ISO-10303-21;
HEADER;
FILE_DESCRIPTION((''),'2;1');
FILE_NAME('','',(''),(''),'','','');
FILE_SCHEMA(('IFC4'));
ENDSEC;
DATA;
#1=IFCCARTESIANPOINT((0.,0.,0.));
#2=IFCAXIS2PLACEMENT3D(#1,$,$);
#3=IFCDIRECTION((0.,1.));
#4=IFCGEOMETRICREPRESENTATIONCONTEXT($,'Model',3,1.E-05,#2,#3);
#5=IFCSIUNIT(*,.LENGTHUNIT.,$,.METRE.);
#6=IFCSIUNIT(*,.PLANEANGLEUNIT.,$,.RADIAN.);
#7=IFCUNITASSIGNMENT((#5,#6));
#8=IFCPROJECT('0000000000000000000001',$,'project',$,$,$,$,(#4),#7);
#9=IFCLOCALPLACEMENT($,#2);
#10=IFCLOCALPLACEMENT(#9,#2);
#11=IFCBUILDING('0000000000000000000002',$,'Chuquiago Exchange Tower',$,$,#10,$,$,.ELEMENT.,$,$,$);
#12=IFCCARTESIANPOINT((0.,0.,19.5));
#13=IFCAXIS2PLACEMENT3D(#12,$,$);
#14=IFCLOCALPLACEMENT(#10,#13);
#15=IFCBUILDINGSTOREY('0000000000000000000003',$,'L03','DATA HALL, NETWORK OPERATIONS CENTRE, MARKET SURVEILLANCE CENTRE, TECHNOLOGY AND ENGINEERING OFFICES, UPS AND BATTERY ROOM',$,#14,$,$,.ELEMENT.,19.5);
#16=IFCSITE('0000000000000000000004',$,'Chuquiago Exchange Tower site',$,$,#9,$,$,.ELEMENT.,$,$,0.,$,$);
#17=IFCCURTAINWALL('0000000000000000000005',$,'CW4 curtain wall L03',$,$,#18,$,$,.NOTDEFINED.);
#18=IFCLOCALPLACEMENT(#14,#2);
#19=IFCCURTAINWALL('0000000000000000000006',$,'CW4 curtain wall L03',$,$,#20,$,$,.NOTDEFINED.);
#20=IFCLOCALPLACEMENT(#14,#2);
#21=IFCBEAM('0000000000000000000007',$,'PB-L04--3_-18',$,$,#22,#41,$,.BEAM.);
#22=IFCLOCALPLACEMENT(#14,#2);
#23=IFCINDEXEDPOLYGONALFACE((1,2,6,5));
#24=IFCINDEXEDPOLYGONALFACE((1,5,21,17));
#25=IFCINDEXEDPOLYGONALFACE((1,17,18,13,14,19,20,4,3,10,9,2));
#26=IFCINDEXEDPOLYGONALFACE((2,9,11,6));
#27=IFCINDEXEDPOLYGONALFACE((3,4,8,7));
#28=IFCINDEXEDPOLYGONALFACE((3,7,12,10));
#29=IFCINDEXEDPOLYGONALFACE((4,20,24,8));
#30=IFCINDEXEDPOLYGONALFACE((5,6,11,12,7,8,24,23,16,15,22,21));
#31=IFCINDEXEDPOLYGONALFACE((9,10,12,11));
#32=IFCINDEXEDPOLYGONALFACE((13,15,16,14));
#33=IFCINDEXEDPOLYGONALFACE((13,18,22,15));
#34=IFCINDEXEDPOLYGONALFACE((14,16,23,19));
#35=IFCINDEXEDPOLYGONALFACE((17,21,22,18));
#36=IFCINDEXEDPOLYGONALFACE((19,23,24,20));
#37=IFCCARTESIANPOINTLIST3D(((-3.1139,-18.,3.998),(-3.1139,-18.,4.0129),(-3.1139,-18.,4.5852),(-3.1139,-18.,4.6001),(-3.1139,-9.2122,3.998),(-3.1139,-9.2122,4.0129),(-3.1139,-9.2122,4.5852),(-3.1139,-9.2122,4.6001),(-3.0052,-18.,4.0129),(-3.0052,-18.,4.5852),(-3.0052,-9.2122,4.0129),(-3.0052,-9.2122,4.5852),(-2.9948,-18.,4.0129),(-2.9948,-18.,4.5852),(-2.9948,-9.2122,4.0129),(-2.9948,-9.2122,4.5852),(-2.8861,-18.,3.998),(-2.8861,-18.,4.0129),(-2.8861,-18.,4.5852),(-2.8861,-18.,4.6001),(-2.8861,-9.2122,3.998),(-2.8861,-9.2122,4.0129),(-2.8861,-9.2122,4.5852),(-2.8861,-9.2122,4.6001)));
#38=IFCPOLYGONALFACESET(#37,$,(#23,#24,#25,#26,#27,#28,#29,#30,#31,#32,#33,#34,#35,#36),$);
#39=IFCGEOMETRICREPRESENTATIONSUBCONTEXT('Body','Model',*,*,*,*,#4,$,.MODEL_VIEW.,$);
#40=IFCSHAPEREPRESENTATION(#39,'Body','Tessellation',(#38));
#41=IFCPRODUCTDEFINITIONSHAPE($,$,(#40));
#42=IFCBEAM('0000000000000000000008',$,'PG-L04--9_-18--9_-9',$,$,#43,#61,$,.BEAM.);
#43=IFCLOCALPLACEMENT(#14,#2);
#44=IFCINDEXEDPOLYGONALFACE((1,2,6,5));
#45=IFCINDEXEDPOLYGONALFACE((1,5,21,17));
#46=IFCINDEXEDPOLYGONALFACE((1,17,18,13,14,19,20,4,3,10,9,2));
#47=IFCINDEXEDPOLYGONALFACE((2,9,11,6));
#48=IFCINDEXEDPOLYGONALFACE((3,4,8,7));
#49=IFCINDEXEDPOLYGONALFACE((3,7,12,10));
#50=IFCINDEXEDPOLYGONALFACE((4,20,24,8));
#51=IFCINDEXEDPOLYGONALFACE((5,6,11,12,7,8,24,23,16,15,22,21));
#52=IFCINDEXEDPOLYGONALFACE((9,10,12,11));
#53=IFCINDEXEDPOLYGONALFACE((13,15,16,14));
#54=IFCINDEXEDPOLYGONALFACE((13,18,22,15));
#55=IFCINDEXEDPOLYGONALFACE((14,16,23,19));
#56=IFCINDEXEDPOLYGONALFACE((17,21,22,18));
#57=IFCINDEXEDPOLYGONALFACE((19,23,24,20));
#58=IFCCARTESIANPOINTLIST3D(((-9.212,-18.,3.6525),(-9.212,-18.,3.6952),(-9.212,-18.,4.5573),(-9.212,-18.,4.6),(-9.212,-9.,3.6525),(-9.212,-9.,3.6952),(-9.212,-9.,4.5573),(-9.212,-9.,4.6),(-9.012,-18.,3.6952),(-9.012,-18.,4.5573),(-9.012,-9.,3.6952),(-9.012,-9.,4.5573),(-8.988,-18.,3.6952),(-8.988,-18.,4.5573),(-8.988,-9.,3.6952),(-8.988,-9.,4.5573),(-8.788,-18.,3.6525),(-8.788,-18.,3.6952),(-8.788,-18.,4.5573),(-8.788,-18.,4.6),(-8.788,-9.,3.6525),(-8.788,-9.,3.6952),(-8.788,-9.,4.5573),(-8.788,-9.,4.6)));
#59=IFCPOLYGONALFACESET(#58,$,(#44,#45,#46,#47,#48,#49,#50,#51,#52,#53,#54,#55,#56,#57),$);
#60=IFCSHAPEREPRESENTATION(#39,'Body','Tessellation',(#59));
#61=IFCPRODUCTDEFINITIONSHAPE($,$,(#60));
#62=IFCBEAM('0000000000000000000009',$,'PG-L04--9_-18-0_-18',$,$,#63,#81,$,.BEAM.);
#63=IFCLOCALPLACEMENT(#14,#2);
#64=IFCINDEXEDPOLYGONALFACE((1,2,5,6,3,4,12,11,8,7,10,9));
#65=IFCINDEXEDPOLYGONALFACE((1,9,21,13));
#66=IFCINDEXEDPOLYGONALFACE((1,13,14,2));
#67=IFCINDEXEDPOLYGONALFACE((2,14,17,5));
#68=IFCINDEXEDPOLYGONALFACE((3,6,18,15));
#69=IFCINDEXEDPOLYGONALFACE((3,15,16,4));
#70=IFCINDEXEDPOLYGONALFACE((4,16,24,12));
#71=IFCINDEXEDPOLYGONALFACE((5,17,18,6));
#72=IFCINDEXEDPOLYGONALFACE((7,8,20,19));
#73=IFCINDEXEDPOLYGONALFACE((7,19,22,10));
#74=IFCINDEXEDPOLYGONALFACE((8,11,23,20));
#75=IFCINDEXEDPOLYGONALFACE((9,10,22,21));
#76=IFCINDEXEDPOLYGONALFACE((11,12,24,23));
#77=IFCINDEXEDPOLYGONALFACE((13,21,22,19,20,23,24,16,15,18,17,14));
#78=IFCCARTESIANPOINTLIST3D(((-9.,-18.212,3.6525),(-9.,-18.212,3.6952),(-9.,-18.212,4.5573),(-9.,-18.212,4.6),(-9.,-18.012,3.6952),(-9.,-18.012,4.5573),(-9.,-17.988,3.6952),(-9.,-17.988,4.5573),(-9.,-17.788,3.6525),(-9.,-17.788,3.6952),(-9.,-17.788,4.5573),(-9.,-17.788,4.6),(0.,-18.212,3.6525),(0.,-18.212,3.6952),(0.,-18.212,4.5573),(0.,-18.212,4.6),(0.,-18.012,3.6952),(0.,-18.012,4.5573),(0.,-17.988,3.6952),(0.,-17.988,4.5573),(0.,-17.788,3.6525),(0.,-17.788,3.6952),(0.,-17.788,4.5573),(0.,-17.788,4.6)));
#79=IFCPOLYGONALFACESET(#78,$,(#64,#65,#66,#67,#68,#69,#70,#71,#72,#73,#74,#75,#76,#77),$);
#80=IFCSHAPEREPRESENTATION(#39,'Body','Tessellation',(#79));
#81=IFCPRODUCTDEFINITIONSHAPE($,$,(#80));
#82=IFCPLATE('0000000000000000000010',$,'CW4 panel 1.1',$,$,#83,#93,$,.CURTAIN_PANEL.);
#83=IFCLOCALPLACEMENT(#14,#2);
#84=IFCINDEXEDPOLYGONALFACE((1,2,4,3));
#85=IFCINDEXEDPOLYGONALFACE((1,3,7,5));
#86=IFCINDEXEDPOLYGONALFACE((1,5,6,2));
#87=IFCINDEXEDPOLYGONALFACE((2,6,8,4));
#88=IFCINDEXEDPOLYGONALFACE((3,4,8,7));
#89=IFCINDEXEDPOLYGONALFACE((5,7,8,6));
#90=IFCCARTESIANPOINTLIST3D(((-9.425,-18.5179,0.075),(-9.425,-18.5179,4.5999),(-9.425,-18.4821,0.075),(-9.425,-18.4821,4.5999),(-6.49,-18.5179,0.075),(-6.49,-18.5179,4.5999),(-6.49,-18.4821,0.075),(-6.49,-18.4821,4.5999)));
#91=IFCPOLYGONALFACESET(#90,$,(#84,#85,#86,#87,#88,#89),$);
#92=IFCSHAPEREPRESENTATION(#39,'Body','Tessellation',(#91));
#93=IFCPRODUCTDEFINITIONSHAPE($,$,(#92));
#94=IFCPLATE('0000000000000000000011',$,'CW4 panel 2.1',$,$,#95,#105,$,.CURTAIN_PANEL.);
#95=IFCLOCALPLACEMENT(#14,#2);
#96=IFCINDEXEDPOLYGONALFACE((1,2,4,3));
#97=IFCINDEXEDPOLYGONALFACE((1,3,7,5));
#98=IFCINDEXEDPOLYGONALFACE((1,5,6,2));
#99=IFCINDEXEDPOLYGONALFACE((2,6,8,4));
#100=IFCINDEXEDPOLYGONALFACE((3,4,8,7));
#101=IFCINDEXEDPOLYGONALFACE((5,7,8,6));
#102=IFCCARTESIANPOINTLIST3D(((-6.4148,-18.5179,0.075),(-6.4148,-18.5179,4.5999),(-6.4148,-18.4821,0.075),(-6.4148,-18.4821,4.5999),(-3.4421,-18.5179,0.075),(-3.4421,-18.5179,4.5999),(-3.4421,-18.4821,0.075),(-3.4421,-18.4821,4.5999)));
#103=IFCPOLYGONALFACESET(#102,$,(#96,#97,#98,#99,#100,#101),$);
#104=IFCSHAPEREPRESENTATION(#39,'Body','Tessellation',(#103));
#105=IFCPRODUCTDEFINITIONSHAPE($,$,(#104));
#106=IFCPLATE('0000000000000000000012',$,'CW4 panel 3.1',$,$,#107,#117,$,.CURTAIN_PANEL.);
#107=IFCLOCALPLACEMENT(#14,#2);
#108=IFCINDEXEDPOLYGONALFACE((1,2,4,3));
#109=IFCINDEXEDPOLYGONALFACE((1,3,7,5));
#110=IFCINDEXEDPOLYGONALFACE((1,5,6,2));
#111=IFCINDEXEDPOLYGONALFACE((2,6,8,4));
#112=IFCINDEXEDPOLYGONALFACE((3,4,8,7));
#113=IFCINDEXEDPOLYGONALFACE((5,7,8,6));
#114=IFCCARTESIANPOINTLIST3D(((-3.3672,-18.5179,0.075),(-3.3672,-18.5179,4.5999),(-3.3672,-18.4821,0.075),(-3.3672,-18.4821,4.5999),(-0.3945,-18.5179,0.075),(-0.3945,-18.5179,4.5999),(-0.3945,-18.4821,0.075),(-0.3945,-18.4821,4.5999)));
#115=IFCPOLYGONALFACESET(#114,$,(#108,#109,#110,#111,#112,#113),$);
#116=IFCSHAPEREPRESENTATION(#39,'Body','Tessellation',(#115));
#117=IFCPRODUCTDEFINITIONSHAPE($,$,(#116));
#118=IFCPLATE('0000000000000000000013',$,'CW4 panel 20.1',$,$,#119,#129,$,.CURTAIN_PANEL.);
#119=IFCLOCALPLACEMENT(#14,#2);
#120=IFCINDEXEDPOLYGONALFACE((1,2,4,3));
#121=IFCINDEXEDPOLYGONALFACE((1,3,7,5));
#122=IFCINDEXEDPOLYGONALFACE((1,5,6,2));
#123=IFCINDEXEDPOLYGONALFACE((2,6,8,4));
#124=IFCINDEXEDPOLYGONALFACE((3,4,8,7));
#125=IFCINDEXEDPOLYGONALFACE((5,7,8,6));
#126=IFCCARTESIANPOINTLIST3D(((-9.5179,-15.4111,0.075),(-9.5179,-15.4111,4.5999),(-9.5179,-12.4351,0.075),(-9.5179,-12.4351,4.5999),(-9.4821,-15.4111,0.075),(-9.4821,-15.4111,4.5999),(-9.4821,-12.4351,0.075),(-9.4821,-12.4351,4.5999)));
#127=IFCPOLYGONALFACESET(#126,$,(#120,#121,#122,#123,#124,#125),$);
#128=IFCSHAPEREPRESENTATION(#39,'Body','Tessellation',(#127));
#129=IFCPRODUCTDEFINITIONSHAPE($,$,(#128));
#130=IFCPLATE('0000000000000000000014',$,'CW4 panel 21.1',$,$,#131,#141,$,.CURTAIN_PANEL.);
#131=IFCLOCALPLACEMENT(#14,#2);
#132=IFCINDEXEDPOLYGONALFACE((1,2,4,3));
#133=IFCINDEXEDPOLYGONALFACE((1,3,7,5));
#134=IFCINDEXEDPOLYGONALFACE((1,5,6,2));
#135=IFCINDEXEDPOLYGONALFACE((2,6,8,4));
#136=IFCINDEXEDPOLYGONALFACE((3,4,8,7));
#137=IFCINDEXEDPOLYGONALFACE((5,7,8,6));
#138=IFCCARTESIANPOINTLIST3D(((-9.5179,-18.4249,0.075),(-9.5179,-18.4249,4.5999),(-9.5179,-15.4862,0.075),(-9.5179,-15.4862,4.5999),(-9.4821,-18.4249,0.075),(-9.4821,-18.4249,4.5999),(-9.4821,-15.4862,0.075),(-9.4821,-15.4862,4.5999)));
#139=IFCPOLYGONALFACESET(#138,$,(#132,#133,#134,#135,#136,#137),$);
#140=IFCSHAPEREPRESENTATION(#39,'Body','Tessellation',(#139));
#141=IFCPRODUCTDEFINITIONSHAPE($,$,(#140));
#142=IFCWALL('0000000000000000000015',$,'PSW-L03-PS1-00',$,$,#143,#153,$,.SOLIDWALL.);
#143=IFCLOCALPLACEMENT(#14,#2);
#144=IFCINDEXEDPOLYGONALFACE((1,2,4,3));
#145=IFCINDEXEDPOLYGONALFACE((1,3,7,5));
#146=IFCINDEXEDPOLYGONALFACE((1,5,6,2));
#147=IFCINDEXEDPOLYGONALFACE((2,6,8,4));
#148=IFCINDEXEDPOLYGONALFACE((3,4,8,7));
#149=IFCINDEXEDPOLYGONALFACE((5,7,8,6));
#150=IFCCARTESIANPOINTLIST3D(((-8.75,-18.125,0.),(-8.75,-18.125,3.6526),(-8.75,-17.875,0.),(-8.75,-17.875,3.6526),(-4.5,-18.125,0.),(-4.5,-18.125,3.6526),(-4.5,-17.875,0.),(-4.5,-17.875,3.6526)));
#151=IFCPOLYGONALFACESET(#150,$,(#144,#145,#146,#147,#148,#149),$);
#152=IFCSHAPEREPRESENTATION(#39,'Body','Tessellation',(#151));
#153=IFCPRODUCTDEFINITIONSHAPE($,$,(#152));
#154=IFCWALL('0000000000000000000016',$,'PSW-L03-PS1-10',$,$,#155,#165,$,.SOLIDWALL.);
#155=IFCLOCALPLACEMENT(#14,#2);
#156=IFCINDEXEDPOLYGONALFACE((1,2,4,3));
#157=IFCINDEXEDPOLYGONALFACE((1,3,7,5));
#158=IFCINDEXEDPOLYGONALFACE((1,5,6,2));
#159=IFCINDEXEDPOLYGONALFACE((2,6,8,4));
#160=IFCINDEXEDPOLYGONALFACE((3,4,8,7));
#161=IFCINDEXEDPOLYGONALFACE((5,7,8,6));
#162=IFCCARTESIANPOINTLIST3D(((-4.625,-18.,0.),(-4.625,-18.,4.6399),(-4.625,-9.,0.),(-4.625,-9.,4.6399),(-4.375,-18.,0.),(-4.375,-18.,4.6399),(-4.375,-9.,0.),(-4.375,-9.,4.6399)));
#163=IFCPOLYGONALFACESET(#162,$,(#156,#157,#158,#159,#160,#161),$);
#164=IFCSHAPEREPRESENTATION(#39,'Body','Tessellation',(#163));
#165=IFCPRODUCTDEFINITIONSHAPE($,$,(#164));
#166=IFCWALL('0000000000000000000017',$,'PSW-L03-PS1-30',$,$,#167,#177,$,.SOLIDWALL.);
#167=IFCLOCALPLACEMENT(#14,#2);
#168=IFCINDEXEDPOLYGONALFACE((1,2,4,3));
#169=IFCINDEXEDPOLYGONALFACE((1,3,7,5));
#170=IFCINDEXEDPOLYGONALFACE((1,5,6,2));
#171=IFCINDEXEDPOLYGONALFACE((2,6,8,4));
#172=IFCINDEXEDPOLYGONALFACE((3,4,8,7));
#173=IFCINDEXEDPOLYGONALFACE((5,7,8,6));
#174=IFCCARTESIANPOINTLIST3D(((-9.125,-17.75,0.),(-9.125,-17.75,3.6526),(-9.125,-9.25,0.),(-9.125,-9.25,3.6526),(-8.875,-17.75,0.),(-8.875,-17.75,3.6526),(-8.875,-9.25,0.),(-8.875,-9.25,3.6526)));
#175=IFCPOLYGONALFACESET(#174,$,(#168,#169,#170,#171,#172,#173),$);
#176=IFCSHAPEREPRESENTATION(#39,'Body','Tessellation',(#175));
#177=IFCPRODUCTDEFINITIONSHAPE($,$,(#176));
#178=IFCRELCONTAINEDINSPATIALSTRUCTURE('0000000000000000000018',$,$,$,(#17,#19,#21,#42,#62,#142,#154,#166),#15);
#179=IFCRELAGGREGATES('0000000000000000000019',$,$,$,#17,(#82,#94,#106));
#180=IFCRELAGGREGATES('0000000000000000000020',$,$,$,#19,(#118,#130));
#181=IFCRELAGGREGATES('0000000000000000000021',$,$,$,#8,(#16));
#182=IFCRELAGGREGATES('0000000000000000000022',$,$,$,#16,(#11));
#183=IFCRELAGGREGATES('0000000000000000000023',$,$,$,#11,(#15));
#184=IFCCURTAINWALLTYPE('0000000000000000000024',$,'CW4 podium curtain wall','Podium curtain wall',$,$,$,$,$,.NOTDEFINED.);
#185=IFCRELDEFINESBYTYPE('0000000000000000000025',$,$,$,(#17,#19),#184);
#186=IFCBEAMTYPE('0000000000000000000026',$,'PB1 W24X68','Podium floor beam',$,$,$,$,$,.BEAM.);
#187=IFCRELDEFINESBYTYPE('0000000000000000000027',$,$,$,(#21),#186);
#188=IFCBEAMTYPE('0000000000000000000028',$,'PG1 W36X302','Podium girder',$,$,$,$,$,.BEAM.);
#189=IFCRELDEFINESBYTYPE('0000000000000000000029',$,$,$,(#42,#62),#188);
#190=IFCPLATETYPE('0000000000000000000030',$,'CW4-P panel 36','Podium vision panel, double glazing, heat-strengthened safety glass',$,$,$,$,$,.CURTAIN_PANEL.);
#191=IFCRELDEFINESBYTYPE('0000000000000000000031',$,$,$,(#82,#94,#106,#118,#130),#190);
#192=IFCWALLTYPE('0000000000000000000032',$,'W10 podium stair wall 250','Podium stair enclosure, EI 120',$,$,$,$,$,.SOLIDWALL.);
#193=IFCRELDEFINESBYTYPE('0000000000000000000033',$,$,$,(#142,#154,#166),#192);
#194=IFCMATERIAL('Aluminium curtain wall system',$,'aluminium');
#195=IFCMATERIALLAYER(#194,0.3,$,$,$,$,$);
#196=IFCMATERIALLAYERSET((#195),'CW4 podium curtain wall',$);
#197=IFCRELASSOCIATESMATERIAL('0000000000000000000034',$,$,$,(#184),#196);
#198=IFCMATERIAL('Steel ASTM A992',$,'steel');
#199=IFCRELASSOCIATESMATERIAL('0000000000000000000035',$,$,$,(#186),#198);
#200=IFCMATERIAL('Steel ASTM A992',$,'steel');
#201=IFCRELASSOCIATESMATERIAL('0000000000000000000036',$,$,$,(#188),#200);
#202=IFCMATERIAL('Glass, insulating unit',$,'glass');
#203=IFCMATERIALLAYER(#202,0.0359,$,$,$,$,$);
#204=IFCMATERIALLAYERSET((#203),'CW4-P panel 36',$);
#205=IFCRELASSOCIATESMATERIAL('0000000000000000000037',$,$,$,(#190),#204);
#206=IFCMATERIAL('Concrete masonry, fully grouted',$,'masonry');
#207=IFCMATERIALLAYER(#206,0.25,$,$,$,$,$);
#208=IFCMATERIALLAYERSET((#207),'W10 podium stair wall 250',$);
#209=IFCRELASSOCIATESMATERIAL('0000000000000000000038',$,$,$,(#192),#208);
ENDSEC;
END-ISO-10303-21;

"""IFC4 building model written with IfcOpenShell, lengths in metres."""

from ifc_helpers import new_model, si_unit, direction, frame, frame_2d, origin, origin_2d, place, context, subcontext, project, spatial, rectangle, i_section, extrude, material, layer, layer_set, material_profile, profile_set, type_object, element, aggregate, save


model = new_model("IFC4")

# Units and contexts
model_context = context("Model", 3, precision=1e-05, world=origin(), true_north=direction((0.0, 1.0)))
body_context = subcontext(model_context, "Body", "Model", "MODEL_VIEW")
ifc_project = project(units=[si_unit("LENGTHUNIT", "METRE"), si_unit("PLANEANGLEUNIT", "RADIAN")], contexts=[model_context])

# Site, building, storey
site_placement = place(None, origin())
site = spatial("IfcSite", under=ifc_project, at=site_placement, Name="Chuquiago Exchange Tower site", CompositionType="ELEMENT", RefElevation=0.0)
building_placement = place(site_placement, origin())
building = spatial("IfcBuilding", under=site, at=building_placement, Name="Chuquiago Exchange Tower", CompositionType="ELEMENT")
storey_placement = place(building_placement, frame((0.0, 0.0, 19.5)))
storey = spatial("IfcBuildingStorey", under=building, at=storey_placement, Name="L03", Description="DATA HALL, NETWORK OPERATIONS CENTRE, MARKET SURVEILLANCE CENTRE, TECHNOLOGY AND ENGINEERING OFFICES, UPS AND BATTERY ROOM", CompositionType="ELEMENT", Elevation=19.5)

# Curtain walls
ifc_material_1 = material(Name="Aluminium curtain wall system", Category="aluminium")
ifc_layer_1 = layer(ifc_material_1, 0.3)
ifc_layer_set_1 = layer_set([ifc_layer_1], Name="CW4 podium curtain wall")
curtain_wall_type = type_object("IfcCurtainWallType", Name="CW4 podium curtain wall", Description="Podium curtain wall", PredefinedType="NOTDEFINED", material=ifc_layer_set_1)
curtain_wall_1_placement = place(storey_placement, origin())
curtain_wall_1 = element("IfcCurtainWall", 1, at=curtain_wall_1_placement, inside=storey, type_object=curtain_wall_type, Name="CW4 curtain wall L03", PredefinedType="NOTDEFINED")
curtain_wall_2_placement = place(storey_placement, origin())
curtain_wall_2 = element("IfcCurtainWall", 2, at=curtain_wall_2_placement, inside=storey, type_object=curtain_wall_type, Name="CW4 curtain wall L03", PredefinedType="NOTDEFINED")

# Beams
ifc_material_2 = material(Name="Steel ASTM A992", Category="steel")
ifc_material_profile_1 = material_profile(ifc_material_2, i_section(OverallWidth=0.2278, OverallDepth=0.6021, WebThickness=0.0105, FlangeThickness=0.0149, at=origin_2d()), Name="W24X68")
ifc_profile_set_1 = profile_set([ifc_material_profile_1], Name="Steel ASTM A992")
beam_type_1 = type_object("IfcBeamType", Name="PB1 W24X68", Description="Podium floor beam", PredefinedType="BEAM", material=ifc_profile_set_1)
for number, where, z_axis, x_axis, name in (
    (3, (-3.0, -18.0, 4.2991), (0.0, 1.0, 0.0), (-1.0, 0.0, 0.0), "PB-L04--3_-18"),
):
    element("IfcBeam", number, at=place(storey_placement, frame(where, z_axis=z_axis, x_axis=x_axis)), inside=storey, type_object=beam_type_1, Name=name, PredefinedType="BEAM", context=body_context, shape_type="SweptSolid", body=[
        extrude(i_section(OverallWidth=0.2278, OverallDepth=0.6021, WebThickness=0.0105, FlangeThickness=0.0149, at=origin_2d()), origin(), (0.0, 0.0, 1.0), 8.7878),
    ])
ifc_material_3 = material(Name="Steel ASTM A992", Category="steel")
ifc_material_profile_2 = material_profile(ifc_material_3, i_section(OverallWidth=0.4241, OverallDepth=0.9475, WebThickness=0.0239, FlangeThickness=0.0427, at=origin_2d()), Name="W36X302")
ifc_profile_set_2 = profile_set([ifc_material_profile_2], Name="Steel ASTM A992")
beam_type_2 = type_object("IfcBeamType", Name="PG1 W36X302", Description="Podium girder", PredefinedType="BEAM", material=ifc_profile_set_2)
for number, where, z_axis, x_axis, name in (
    (4, (-9.0, -18.0, 4.1262), (0.0, 1.0, 0.0), (-1.0, 0.0, 0.0), "PG-L04--9_-18--9_-9"),
    (5, (-9.0, -18.0, 4.1262), (1.0, 0.0, 0.0), (0.0, 1.0, 0.0), "PG-L04--9_-18-0_-18"),
):
    element("IfcBeam", number, at=place(storey_placement, frame(where, z_axis=z_axis, x_axis=x_axis)), inside=storey, type_object=beam_type_2, Name=name, PredefinedType="BEAM", context=body_context, shape_type="SweptSolid", body=[
        extrude(i_section(OverallWidth=0.4241, OverallDepth=0.9475, WebThickness=0.0239, FlangeThickness=0.0427, at=origin_2d()), origin(), (0.0, 0.0, 1.0), 9.0),
    ])

# Plates
ifc_material_4 = material(Name="Glass, insulating unit", Category="glass")
ifc_layer_2 = layer(ifc_material_4, 0.0359)
ifc_layer_set_2 = layer_set([ifc_layer_2], Name="CW4-P panel 36")
plate_type = type_object("IfcPlateType", Name="CW4-P panel 36", Description="Podium vision panel, double glazing, heat-strengthened safety glass", PredefinedType="CURTAIN_PANEL", material=ifc_layer_set_2)
plate_1_placement = place(storey_placement, frame((-7.9575, -18.5, 0.075), z_axis=(0.0, 0.0, 1.0), x_axis=(1.0, 0.0, 0.0)))
plate_1 = element("IfcPlate", 6, at=plate_1_placement, type_object=plate_type, Name="CW4 panel 1.1", PredefinedType="CURTAIN_PANEL", context=body_context, shape_type="SweptSolid", body=[
    extrude(rectangle(XDim=2.9351, YDim=0.0359, at=origin_2d()), origin(), (0.0, 0.0, 1.0), 4.5249),
])
plate_2_placement = place(storey_placement, frame((-4.9285, -18.5, 0.075), z_axis=(0.0, 0.0, 1.0), x_axis=(1.0, 0.0, 0.0)))
plate_2 = element("IfcPlate", 7, at=plate_2_placement, type_object=plate_type, Name="CW4 panel 2.1", PredefinedType="CURTAIN_PANEL", context=body_context, shape_type="SweptSolid", body=[
    extrude(rectangle(XDim=2.9727, YDim=0.0359, at=origin_2d()), origin(), (0.0, 0.0, 1.0), 4.5249),
])
plate_3_placement = place(storey_placement, frame((-1.8809, -18.5, 0.075), z_axis=(0.0, 0.0, 1.0), x_axis=(1.0, 0.0, 0.0)))
plate_3 = element("IfcPlate", 8, at=plate_3_placement, type_object=plate_type, Name="CW4 panel 3.1", PredefinedType="CURTAIN_PANEL", context=body_context, shape_type="SweptSolid", body=[
    extrude(rectangle(XDim=2.9727, YDim=0.0359, at=origin_2d()), origin(), (0.0, 0.0, 1.0), 4.5249),
])
aggregate(curtain_wall_1, [plate_1, plate_2, plate_3])
plate_4_placement = place(storey_placement, frame((-9.5, -13.9231, 0.075), z_axis=(0.0, 0.0, 1.0), x_axis=(0.0, -1.0, 0.0)))
plate_4 = element("IfcPlate", 9, at=plate_4_placement, type_object=plate_type, Name="CW4 panel 20.1", PredefinedType="CURTAIN_PANEL", context=body_context, shape_type="SweptSolid", body=[
    extrude(rectangle(XDim=2.9761, YDim=0.0359, at=origin_2d()), origin(), (0.0, 0.0, 1.0), 4.5249),
])
plate_5_placement = place(storey_placement, frame((-9.5, -16.9556, 0.075), z_axis=(0.0, 0.0, 1.0), x_axis=(0.0, -1.0, 0.0)))
plate_5 = element("IfcPlate", 10, at=plate_5_placement, type_object=plate_type, Name="CW4 panel 21.1", PredefinedType="CURTAIN_PANEL", context=body_context, shape_type="SweptSolid", body=[
    extrude(rectangle(XDim=2.9387, YDim=0.0359, at=origin_2d()), origin(), (0.0, 0.0, 1.0), 4.5249),
])
aggregate(curtain_wall_2, [plate_4, plate_5])

# Walls
ifc_material_5 = material(Name="Concrete masonry, fully grouted", Category="masonry")
ifc_layer_3 = layer(ifc_material_5, 0.25)
ifc_layer_set_3 = layer_set([ifc_layer_3], Name="W10 podium stair wall 250")
wall_type = type_object("IfcWallType", Name="W10 podium stair wall 250", Description="Podium stair enclosure, EI 120", PredefinedType="SOLIDWALL", material=ifc_layer_set_3)
wall_1_placement = place(storey_placement, frame((-8.75, -18.0, 0.0), z_axis=(0.0, 0.0, 1.0), x_axis=(1.0, 0.0, 0.0)))
element("IfcWall", 11, at=wall_1_placement, inside=storey, type_object=wall_type, Name="PSW-L03-PS1-00", PredefinedType="SOLIDWALL", context=body_context, shape_type="SweptSolid", body=[
    extrude(rectangle(XDim=4.25, YDim=0.25, at=frame_2d((2.125, 0.0))), origin(), (0.0, 0.0, 1.0), 3.6526),
])
wall_2_placement = place(storey_placement, frame((-4.5, -18.0, 0.0), z_axis=(0.0, 0.0, 1.0), x_axis=(0.0, 1.0, 0.0)))
element("IfcWall", 12, at=wall_2_placement, inside=storey, type_object=wall_type, Name="PSW-L03-PS1-10", PredefinedType="SOLIDWALL", context=body_context, shape_type="SweptSolid", body=[
    extrude(rectangle(XDim=9.0, YDim=0.25, at=frame_2d((4.5, 0.0))), origin(), (0.0, 0.0, 1.0), 4.6399),
])
wall_3_placement = place(storey_placement, frame((-9.0, -17.75, 0.0), z_axis=(0.0, 0.0, 1.0), x_axis=(0.0, 1.0, 0.0)))
element("IfcWall", 13, at=wall_3_placement, inside=storey, type_object=wall_type, Name="PSW-L03-PS1-30", PredefinedType="SOLIDWALL", context=body_context, shape_type="SweptSolid", body=[
    extrude(rectangle(XDim=8.5, YDim=0.25, at=frame_2d((4.25, 0.0))), origin(), (0.0, 0.0, 1.0), 3.6526),
])

save(model, "model.ifc")
